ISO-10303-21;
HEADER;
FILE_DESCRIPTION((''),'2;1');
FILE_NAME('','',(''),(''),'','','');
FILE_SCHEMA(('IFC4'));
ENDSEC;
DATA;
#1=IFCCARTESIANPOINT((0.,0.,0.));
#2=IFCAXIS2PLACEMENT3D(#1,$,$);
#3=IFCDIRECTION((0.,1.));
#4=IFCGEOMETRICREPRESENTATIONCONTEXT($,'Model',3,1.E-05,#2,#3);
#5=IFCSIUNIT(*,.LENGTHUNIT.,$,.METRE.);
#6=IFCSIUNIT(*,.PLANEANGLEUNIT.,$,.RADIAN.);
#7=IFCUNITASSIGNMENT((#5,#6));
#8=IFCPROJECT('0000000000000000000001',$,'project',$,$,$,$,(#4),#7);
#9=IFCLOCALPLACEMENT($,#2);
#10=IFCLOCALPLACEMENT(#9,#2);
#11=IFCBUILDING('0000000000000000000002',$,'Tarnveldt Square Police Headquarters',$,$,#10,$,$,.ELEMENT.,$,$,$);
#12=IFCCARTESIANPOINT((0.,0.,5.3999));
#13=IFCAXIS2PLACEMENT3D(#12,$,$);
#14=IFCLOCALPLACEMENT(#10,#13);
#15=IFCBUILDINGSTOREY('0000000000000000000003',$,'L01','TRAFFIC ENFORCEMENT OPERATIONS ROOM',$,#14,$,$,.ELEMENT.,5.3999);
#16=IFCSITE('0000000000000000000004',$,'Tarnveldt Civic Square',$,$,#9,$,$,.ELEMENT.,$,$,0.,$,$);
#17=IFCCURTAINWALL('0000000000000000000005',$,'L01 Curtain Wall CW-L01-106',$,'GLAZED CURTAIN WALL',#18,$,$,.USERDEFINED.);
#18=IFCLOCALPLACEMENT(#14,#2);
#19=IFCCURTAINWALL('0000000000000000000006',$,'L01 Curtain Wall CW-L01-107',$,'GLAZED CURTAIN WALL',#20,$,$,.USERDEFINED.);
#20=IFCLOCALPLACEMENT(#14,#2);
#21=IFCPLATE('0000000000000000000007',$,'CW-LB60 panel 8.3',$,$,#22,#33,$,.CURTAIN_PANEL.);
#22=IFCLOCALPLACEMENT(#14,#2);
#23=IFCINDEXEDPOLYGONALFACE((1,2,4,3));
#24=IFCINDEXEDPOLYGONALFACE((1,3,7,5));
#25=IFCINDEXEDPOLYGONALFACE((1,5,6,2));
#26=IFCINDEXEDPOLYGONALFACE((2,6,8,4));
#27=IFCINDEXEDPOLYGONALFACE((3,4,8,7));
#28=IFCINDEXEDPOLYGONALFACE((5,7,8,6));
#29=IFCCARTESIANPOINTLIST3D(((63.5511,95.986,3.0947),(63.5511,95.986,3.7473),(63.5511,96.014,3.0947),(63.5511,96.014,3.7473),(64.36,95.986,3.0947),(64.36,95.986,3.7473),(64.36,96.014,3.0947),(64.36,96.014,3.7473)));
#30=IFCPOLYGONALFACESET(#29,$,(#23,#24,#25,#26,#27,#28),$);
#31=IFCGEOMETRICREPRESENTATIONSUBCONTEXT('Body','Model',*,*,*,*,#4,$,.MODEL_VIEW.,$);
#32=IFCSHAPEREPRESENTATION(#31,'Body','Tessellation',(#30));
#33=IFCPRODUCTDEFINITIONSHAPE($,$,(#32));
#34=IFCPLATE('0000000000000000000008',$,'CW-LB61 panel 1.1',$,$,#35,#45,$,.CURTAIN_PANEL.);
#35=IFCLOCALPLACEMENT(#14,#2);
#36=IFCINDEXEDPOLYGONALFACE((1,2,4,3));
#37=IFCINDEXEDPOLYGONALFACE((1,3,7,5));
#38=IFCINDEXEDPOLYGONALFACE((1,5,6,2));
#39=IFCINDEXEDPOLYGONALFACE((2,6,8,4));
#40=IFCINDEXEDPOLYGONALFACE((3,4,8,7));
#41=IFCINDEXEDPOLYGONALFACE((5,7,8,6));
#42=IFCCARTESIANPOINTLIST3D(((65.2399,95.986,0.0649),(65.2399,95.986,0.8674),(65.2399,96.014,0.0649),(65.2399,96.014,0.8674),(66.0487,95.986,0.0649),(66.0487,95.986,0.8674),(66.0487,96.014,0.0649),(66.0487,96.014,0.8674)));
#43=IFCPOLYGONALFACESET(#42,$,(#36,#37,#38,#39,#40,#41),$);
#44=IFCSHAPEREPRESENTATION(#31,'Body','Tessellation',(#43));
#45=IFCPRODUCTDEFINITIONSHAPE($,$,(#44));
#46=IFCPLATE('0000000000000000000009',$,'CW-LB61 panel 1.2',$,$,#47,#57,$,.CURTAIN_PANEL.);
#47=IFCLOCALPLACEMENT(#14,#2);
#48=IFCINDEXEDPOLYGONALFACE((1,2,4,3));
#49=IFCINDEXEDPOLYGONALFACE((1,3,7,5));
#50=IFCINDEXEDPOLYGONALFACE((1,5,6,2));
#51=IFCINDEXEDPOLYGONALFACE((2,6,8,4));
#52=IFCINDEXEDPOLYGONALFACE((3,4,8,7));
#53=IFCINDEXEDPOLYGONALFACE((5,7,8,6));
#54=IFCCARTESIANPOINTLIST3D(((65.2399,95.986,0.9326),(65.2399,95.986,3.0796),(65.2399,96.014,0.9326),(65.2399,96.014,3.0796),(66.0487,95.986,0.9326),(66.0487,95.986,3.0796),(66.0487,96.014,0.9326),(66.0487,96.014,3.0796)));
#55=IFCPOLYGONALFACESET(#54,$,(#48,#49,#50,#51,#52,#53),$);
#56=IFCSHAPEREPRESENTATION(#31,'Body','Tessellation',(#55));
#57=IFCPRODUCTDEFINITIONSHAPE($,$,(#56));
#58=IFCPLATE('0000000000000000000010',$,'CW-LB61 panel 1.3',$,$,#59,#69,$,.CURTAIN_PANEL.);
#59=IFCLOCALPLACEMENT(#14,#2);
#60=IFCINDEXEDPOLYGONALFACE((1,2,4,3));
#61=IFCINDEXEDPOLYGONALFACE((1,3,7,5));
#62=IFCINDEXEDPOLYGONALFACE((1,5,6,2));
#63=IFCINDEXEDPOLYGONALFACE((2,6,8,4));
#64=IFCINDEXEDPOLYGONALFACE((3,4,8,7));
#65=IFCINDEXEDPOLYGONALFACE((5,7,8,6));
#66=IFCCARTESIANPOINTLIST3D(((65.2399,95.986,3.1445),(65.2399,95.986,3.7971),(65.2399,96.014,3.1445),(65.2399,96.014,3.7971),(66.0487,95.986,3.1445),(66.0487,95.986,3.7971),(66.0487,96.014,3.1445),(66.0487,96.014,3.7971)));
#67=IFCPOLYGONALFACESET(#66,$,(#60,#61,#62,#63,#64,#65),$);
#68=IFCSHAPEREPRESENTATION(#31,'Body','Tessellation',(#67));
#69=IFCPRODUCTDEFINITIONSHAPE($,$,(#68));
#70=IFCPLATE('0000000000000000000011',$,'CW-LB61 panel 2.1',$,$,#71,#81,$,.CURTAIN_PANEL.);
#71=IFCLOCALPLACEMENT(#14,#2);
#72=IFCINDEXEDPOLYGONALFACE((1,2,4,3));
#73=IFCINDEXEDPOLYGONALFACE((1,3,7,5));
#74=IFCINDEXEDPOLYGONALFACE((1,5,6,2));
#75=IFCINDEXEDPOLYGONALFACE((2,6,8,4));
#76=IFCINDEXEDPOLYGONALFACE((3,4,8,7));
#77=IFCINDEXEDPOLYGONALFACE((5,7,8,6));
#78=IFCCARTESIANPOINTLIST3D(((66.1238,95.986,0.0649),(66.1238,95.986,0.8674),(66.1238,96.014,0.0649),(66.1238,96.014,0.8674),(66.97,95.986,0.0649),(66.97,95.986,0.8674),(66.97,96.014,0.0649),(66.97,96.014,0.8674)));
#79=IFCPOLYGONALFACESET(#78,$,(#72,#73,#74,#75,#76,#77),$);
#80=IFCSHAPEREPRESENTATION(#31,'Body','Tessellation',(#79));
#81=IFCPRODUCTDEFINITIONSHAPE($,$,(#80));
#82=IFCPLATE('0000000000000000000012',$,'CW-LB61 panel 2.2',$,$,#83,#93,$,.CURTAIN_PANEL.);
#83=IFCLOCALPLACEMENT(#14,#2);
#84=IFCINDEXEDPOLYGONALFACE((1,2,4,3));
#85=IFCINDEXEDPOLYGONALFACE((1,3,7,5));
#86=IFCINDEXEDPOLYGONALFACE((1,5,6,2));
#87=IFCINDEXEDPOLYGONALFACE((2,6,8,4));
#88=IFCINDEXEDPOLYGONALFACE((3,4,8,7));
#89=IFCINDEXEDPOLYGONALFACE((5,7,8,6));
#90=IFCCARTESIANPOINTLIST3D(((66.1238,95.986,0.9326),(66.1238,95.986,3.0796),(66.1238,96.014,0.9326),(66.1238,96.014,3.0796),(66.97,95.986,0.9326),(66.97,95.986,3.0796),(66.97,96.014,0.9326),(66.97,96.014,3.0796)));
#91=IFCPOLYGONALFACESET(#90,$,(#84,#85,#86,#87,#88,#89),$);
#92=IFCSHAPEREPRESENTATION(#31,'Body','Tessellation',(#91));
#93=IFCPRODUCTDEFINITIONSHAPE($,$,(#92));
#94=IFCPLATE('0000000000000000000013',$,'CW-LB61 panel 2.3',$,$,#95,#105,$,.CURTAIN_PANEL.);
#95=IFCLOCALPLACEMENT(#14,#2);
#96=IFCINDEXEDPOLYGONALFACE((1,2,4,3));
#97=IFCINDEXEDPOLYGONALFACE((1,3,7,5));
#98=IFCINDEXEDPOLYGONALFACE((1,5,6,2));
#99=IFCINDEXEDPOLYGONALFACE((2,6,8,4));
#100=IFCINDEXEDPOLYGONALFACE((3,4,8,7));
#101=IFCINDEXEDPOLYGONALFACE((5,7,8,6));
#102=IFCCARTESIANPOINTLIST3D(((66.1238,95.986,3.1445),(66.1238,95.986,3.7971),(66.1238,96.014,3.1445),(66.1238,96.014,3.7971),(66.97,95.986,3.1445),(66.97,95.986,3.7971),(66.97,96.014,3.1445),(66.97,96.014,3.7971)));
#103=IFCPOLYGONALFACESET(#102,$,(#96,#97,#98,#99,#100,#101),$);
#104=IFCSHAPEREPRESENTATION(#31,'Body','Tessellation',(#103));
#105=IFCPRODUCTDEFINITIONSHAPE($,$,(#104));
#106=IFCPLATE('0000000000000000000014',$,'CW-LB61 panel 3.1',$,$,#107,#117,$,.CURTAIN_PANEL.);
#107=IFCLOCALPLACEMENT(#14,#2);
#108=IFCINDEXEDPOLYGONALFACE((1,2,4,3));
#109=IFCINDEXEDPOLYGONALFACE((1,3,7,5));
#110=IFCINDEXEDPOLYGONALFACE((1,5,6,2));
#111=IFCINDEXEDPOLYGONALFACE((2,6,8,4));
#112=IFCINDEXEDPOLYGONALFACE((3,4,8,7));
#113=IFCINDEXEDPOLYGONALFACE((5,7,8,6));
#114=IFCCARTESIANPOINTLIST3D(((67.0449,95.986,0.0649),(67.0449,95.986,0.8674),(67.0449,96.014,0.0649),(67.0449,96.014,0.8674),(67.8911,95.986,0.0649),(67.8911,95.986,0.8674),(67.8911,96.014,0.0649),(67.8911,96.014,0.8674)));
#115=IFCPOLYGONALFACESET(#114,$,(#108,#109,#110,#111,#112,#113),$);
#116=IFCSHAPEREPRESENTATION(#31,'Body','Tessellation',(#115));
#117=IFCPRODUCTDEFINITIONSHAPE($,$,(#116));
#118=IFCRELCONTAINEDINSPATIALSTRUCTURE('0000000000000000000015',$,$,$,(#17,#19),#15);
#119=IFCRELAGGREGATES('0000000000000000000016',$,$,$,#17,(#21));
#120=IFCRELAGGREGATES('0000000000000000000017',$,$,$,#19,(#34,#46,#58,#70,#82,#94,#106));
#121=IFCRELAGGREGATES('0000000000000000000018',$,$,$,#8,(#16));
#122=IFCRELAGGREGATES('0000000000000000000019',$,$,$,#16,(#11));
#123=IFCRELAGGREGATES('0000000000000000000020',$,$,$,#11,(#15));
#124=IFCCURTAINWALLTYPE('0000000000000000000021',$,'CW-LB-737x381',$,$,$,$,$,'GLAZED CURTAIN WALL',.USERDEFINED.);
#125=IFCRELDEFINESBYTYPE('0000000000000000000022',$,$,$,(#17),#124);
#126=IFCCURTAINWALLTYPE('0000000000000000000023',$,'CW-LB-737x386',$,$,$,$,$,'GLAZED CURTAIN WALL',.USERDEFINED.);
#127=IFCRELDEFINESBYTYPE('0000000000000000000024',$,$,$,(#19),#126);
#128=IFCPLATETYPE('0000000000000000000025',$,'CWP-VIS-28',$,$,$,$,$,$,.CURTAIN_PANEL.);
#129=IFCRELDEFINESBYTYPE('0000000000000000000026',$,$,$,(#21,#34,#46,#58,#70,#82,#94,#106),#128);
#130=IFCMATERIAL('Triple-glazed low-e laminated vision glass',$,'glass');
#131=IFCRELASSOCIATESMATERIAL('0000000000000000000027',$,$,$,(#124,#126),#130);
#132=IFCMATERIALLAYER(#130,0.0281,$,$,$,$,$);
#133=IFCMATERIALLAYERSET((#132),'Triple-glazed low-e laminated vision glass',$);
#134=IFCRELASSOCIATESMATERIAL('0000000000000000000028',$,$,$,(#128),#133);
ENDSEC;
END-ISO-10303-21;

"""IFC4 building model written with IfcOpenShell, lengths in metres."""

from ifc_helpers import new_model, si_unit, direction, frame, origin, origin_2d, place, context, subcontext, project, spatial, rectangle, extrude, material, layer, layer_set, type_object, element, aggregate, save


model = new_model("IFC4")

# Units and contexts
model_context = context("Model", 3, precision=1e-05, world=origin(), true_north=direction((0.0, 1.0)))
body_context = subcontext(model_context, "Body", "Model", "MODEL_VIEW")
ifc_project = project(units=[si_unit("LENGTHUNIT", "METRE"), si_unit("PLANEANGLEUNIT", "RADIAN")], contexts=[model_context])

# Site, building, storey
site_placement = place(None, origin())
site = spatial("IfcSite", under=ifc_project, at=site_placement, Name="Tarnveldt Civic Square", CompositionType="ELEMENT", RefElevation=0.0)
building_placement = place(site_placement, origin())
building = spatial("IfcBuilding", under=site, at=building_placement, Name="Tarnveldt Square Police Headquarters", CompositionType="ELEMENT")
storey_placement = place(building_placement, frame((0.0, 0.0, 5.3999)))
storey = spatial("IfcBuildingStorey", under=building, at=storey_placement, Name="L01", Description="TRAFFIC ENFORCEMENT OPERATIONS ROOM", CompositionType="ELEMENT", Elevation=5.3999)

# Curtain walls
ifc_material_1 = material(Name="Triple-glazed low-e laminated vision glass", Category="glass")
curtain_wall_type_1 = type_object("IfcCurtainWallType", Name="CW-LB-737x381", ElementType="GLAZED CURTAIN WALL", PredefinedType="USERDEFINED", material=ifc_material_1)
curtain_wall_1_placement = place(storey_placement, origin())
curtain_wall_1 = element("IfcCurtainWall", 1, at=curtain_wall_1_placement, inside=storey, type_object=curtain_wall_type_1, Name="L01 Curtain Wall CW-L01-106", ObjectType="GLAZED CURTAIN WALL", PredefinedType="USERDEFINED")
curtain_wall_type_2 = type_object("IfcCurtainWallType", Name="CW-LB-737x386", ElementType="GLAZED CURTAIN WALL", PredefinedType="USERDEFINED", material=ifc_material_1)
curtain_wall_2_placement = place(storey_placement, origin())
curtain_wall_2 = element("IfcCurtainWall", 2, at=curtain_wall_2_placement, inside=storey, type_object=curtain_wall_type_2, Name="L01 Curtain Wall CW-L01-107", ObjectType="GLAZED CURTAIN WALL", PredefinedType="USERDEFINED")

# Plates
ifc_layer = layer(ifc_material_1, 0.0281)
ifc_layer_set = layer_set([ifc_layer], Name="Triple-glazed low-e laminated vision glass")
plate_type = type_object("IfcPlateType", Name="CWP-VIS-28", PredefinedType="CURTAIN_PANEL", material=ifc_layer_set)
plate_1_placement = place(storey_placement, frame((63.9556, 96.0, 3.0947), z_axis=(0.0, 0.0, 1.0), x_axis=(1.0, 0.0, 0.0)))
plate_1 = element("IfcPlate", 3, at=plate_1_placement, type_object=plate_type, Name="CW-LB60 panel 8.3", PredefinedType="CURTAIN_PANEL", context=body_context, shape_type="SweptSolid", body=[
    extrude(rectangle(XDim=0.8088, YDim=0.0281, at=origin_2d()), origin(), (0.0, 0.0, 1.0), 0.6526),
])
aggregate(curtain_wall_1, [plate_1])
plate_2_placement = place(storey_placement, frame((65.6443, 96.0, 0.0649), z_axis=(0.0, 0.0, 1.0), x_axis=(1.0, 0.0, 0.0)))
plate_2 = element("IfcPlate", 4, at=plate_2_placement, type_object=plate_type, Name="CW-LB61 panel 1.1", PredefinedType="CURTAIN_PANEL", context=body_context, shape_type="SweptSolid", body=[
    extrude(rectangle(XDim=0.8088, YDim=0.0281, at=origin_2d()), origin(), (0.0, 0.0, 1.0), 0.8025),
])
plate_3_placement = place(storey_placement, frame((65.6443, 96.0, 0.9326), z_axis=(0.0, 0.0, 1.0), x_axis=(1.0, 0.0, 0.0)))
plate_3 = element("IfcPlate", 5, at=plate_3_placement, type_object=plate_type, Name="CW-LB61 panel 1.2", PredefinedType="CURTAIN_PANEL", context=body_context, shape_type="SweptSolid", body=[
    extrude(rectangle(XDim=0.8088, YDim=0.0281, at=origin_2d()), origin(), (0.0, 0.0, 1.0), 2.147),
])
plate_4_placement = place(storey_placement, frame((65.6443, 96.0, 3.1445), z_axis=(0.0, 0.0, 1.0), x_axis=(1.0, 0.0, 0.0)))
plate_4 = element("IfcPlate", 6, at=plate_4_placement, type_object=plate_type, Name="CW-LB61 panel 1.3", PredefinedType="CURTAIN_PANEL", context=body_context, shape_type="SweptSolid", body=[
    extrude(rectangle(XDim=0.8088, YDim=0.0281, at=origin_2d()), origin(), (0.0, 0.0, 1.0), 0.6526),
])
plate_5_placement = place(storey_placement, frame((66.5469, 96.0, 0.0649), z_axis=(0.0, 0.0, 1.0), x_axis=(1.0, 0.0, 0.0)))
plate_5 = element("IfcPlate", 7, at=plate_5_placement, type_object=plate_type, Name="CW-LB61 panel 2.1", PredefinedType="CURTAIN_PANEL", context=body_context, shape_type="SweptSolid", body=[
    extrude(rectangle(XDim=0.8462, YDim=0.0281, at=origin_2d()), origin(), (0.0, 0.0, 1.0), 0.8025),
])
plate_6_placement = place(storey_placement, frame((66.5469, 96.0, 0.9326), z_axis=(0.0, 0.0, 1.0), x_axis=(1.0, 0.0, 0.0)))
plate_6 = element("IfcPlate", 8, at=plate_6_placement, type_object=plate_type, Name="CW-LB61 panel 2.2", PredefinedType="CURTAIN_PANEL", context=body_context, shape_type="SweptSolid", body=[
    extrude(rectangle(XDim=0.8462, YDim=0.0281, at=origin_2d()), origin(), (0.0, 0.0, 1.0), 2.147),
])
plate_7_placement = place(storey_placement, frame((66.5469, 96.0, 3.1445), z_axis=(0.0, 0.0, 1.0), x_axis=(1.0, 0.0, 0.0)))
plate_7 = element("IfcPlate", 9, at=plate_7_placement, type_object=plate_type, Name="CW-LB61 panel 2.3", PredefinedType="CURTAIN_PANEL", context=body_context, shape_type="SweptSolid", body=[
    extrude(rectangle(XDim=0.8462, YDim=0.0281, at=origin_2d()), origin(), (0.0, 0.0, 1.0), 0.6526),
])
plate_8_placement = place(storey_placement, frame((67.468, 96.0, 0.0649), z_axis=(0.0, 0.0, 1.0), x_axis=(1.0, 0.0, 0.0)))
plate_8 = element("IfcPlate", 10, at=plate_8_placement, type_object=plate_type, Name="CW-LB61 panel 3.1", PredefinedType="CURTAIN_PANEL", context=body_context, shape_type="SweptSolid", body=[
    extrude(rectangle(XDim=0.8462, YDim=0.0281, at=origin_2d()), origin(), (0.0, 0.0, 1.0), 0.8025),
])
aggregate(curtain_wall_2, [plate_2, plate_3, plate_4, plate_5, plate_6, plate_7, plate_8])

save(model, "model.ifc")
